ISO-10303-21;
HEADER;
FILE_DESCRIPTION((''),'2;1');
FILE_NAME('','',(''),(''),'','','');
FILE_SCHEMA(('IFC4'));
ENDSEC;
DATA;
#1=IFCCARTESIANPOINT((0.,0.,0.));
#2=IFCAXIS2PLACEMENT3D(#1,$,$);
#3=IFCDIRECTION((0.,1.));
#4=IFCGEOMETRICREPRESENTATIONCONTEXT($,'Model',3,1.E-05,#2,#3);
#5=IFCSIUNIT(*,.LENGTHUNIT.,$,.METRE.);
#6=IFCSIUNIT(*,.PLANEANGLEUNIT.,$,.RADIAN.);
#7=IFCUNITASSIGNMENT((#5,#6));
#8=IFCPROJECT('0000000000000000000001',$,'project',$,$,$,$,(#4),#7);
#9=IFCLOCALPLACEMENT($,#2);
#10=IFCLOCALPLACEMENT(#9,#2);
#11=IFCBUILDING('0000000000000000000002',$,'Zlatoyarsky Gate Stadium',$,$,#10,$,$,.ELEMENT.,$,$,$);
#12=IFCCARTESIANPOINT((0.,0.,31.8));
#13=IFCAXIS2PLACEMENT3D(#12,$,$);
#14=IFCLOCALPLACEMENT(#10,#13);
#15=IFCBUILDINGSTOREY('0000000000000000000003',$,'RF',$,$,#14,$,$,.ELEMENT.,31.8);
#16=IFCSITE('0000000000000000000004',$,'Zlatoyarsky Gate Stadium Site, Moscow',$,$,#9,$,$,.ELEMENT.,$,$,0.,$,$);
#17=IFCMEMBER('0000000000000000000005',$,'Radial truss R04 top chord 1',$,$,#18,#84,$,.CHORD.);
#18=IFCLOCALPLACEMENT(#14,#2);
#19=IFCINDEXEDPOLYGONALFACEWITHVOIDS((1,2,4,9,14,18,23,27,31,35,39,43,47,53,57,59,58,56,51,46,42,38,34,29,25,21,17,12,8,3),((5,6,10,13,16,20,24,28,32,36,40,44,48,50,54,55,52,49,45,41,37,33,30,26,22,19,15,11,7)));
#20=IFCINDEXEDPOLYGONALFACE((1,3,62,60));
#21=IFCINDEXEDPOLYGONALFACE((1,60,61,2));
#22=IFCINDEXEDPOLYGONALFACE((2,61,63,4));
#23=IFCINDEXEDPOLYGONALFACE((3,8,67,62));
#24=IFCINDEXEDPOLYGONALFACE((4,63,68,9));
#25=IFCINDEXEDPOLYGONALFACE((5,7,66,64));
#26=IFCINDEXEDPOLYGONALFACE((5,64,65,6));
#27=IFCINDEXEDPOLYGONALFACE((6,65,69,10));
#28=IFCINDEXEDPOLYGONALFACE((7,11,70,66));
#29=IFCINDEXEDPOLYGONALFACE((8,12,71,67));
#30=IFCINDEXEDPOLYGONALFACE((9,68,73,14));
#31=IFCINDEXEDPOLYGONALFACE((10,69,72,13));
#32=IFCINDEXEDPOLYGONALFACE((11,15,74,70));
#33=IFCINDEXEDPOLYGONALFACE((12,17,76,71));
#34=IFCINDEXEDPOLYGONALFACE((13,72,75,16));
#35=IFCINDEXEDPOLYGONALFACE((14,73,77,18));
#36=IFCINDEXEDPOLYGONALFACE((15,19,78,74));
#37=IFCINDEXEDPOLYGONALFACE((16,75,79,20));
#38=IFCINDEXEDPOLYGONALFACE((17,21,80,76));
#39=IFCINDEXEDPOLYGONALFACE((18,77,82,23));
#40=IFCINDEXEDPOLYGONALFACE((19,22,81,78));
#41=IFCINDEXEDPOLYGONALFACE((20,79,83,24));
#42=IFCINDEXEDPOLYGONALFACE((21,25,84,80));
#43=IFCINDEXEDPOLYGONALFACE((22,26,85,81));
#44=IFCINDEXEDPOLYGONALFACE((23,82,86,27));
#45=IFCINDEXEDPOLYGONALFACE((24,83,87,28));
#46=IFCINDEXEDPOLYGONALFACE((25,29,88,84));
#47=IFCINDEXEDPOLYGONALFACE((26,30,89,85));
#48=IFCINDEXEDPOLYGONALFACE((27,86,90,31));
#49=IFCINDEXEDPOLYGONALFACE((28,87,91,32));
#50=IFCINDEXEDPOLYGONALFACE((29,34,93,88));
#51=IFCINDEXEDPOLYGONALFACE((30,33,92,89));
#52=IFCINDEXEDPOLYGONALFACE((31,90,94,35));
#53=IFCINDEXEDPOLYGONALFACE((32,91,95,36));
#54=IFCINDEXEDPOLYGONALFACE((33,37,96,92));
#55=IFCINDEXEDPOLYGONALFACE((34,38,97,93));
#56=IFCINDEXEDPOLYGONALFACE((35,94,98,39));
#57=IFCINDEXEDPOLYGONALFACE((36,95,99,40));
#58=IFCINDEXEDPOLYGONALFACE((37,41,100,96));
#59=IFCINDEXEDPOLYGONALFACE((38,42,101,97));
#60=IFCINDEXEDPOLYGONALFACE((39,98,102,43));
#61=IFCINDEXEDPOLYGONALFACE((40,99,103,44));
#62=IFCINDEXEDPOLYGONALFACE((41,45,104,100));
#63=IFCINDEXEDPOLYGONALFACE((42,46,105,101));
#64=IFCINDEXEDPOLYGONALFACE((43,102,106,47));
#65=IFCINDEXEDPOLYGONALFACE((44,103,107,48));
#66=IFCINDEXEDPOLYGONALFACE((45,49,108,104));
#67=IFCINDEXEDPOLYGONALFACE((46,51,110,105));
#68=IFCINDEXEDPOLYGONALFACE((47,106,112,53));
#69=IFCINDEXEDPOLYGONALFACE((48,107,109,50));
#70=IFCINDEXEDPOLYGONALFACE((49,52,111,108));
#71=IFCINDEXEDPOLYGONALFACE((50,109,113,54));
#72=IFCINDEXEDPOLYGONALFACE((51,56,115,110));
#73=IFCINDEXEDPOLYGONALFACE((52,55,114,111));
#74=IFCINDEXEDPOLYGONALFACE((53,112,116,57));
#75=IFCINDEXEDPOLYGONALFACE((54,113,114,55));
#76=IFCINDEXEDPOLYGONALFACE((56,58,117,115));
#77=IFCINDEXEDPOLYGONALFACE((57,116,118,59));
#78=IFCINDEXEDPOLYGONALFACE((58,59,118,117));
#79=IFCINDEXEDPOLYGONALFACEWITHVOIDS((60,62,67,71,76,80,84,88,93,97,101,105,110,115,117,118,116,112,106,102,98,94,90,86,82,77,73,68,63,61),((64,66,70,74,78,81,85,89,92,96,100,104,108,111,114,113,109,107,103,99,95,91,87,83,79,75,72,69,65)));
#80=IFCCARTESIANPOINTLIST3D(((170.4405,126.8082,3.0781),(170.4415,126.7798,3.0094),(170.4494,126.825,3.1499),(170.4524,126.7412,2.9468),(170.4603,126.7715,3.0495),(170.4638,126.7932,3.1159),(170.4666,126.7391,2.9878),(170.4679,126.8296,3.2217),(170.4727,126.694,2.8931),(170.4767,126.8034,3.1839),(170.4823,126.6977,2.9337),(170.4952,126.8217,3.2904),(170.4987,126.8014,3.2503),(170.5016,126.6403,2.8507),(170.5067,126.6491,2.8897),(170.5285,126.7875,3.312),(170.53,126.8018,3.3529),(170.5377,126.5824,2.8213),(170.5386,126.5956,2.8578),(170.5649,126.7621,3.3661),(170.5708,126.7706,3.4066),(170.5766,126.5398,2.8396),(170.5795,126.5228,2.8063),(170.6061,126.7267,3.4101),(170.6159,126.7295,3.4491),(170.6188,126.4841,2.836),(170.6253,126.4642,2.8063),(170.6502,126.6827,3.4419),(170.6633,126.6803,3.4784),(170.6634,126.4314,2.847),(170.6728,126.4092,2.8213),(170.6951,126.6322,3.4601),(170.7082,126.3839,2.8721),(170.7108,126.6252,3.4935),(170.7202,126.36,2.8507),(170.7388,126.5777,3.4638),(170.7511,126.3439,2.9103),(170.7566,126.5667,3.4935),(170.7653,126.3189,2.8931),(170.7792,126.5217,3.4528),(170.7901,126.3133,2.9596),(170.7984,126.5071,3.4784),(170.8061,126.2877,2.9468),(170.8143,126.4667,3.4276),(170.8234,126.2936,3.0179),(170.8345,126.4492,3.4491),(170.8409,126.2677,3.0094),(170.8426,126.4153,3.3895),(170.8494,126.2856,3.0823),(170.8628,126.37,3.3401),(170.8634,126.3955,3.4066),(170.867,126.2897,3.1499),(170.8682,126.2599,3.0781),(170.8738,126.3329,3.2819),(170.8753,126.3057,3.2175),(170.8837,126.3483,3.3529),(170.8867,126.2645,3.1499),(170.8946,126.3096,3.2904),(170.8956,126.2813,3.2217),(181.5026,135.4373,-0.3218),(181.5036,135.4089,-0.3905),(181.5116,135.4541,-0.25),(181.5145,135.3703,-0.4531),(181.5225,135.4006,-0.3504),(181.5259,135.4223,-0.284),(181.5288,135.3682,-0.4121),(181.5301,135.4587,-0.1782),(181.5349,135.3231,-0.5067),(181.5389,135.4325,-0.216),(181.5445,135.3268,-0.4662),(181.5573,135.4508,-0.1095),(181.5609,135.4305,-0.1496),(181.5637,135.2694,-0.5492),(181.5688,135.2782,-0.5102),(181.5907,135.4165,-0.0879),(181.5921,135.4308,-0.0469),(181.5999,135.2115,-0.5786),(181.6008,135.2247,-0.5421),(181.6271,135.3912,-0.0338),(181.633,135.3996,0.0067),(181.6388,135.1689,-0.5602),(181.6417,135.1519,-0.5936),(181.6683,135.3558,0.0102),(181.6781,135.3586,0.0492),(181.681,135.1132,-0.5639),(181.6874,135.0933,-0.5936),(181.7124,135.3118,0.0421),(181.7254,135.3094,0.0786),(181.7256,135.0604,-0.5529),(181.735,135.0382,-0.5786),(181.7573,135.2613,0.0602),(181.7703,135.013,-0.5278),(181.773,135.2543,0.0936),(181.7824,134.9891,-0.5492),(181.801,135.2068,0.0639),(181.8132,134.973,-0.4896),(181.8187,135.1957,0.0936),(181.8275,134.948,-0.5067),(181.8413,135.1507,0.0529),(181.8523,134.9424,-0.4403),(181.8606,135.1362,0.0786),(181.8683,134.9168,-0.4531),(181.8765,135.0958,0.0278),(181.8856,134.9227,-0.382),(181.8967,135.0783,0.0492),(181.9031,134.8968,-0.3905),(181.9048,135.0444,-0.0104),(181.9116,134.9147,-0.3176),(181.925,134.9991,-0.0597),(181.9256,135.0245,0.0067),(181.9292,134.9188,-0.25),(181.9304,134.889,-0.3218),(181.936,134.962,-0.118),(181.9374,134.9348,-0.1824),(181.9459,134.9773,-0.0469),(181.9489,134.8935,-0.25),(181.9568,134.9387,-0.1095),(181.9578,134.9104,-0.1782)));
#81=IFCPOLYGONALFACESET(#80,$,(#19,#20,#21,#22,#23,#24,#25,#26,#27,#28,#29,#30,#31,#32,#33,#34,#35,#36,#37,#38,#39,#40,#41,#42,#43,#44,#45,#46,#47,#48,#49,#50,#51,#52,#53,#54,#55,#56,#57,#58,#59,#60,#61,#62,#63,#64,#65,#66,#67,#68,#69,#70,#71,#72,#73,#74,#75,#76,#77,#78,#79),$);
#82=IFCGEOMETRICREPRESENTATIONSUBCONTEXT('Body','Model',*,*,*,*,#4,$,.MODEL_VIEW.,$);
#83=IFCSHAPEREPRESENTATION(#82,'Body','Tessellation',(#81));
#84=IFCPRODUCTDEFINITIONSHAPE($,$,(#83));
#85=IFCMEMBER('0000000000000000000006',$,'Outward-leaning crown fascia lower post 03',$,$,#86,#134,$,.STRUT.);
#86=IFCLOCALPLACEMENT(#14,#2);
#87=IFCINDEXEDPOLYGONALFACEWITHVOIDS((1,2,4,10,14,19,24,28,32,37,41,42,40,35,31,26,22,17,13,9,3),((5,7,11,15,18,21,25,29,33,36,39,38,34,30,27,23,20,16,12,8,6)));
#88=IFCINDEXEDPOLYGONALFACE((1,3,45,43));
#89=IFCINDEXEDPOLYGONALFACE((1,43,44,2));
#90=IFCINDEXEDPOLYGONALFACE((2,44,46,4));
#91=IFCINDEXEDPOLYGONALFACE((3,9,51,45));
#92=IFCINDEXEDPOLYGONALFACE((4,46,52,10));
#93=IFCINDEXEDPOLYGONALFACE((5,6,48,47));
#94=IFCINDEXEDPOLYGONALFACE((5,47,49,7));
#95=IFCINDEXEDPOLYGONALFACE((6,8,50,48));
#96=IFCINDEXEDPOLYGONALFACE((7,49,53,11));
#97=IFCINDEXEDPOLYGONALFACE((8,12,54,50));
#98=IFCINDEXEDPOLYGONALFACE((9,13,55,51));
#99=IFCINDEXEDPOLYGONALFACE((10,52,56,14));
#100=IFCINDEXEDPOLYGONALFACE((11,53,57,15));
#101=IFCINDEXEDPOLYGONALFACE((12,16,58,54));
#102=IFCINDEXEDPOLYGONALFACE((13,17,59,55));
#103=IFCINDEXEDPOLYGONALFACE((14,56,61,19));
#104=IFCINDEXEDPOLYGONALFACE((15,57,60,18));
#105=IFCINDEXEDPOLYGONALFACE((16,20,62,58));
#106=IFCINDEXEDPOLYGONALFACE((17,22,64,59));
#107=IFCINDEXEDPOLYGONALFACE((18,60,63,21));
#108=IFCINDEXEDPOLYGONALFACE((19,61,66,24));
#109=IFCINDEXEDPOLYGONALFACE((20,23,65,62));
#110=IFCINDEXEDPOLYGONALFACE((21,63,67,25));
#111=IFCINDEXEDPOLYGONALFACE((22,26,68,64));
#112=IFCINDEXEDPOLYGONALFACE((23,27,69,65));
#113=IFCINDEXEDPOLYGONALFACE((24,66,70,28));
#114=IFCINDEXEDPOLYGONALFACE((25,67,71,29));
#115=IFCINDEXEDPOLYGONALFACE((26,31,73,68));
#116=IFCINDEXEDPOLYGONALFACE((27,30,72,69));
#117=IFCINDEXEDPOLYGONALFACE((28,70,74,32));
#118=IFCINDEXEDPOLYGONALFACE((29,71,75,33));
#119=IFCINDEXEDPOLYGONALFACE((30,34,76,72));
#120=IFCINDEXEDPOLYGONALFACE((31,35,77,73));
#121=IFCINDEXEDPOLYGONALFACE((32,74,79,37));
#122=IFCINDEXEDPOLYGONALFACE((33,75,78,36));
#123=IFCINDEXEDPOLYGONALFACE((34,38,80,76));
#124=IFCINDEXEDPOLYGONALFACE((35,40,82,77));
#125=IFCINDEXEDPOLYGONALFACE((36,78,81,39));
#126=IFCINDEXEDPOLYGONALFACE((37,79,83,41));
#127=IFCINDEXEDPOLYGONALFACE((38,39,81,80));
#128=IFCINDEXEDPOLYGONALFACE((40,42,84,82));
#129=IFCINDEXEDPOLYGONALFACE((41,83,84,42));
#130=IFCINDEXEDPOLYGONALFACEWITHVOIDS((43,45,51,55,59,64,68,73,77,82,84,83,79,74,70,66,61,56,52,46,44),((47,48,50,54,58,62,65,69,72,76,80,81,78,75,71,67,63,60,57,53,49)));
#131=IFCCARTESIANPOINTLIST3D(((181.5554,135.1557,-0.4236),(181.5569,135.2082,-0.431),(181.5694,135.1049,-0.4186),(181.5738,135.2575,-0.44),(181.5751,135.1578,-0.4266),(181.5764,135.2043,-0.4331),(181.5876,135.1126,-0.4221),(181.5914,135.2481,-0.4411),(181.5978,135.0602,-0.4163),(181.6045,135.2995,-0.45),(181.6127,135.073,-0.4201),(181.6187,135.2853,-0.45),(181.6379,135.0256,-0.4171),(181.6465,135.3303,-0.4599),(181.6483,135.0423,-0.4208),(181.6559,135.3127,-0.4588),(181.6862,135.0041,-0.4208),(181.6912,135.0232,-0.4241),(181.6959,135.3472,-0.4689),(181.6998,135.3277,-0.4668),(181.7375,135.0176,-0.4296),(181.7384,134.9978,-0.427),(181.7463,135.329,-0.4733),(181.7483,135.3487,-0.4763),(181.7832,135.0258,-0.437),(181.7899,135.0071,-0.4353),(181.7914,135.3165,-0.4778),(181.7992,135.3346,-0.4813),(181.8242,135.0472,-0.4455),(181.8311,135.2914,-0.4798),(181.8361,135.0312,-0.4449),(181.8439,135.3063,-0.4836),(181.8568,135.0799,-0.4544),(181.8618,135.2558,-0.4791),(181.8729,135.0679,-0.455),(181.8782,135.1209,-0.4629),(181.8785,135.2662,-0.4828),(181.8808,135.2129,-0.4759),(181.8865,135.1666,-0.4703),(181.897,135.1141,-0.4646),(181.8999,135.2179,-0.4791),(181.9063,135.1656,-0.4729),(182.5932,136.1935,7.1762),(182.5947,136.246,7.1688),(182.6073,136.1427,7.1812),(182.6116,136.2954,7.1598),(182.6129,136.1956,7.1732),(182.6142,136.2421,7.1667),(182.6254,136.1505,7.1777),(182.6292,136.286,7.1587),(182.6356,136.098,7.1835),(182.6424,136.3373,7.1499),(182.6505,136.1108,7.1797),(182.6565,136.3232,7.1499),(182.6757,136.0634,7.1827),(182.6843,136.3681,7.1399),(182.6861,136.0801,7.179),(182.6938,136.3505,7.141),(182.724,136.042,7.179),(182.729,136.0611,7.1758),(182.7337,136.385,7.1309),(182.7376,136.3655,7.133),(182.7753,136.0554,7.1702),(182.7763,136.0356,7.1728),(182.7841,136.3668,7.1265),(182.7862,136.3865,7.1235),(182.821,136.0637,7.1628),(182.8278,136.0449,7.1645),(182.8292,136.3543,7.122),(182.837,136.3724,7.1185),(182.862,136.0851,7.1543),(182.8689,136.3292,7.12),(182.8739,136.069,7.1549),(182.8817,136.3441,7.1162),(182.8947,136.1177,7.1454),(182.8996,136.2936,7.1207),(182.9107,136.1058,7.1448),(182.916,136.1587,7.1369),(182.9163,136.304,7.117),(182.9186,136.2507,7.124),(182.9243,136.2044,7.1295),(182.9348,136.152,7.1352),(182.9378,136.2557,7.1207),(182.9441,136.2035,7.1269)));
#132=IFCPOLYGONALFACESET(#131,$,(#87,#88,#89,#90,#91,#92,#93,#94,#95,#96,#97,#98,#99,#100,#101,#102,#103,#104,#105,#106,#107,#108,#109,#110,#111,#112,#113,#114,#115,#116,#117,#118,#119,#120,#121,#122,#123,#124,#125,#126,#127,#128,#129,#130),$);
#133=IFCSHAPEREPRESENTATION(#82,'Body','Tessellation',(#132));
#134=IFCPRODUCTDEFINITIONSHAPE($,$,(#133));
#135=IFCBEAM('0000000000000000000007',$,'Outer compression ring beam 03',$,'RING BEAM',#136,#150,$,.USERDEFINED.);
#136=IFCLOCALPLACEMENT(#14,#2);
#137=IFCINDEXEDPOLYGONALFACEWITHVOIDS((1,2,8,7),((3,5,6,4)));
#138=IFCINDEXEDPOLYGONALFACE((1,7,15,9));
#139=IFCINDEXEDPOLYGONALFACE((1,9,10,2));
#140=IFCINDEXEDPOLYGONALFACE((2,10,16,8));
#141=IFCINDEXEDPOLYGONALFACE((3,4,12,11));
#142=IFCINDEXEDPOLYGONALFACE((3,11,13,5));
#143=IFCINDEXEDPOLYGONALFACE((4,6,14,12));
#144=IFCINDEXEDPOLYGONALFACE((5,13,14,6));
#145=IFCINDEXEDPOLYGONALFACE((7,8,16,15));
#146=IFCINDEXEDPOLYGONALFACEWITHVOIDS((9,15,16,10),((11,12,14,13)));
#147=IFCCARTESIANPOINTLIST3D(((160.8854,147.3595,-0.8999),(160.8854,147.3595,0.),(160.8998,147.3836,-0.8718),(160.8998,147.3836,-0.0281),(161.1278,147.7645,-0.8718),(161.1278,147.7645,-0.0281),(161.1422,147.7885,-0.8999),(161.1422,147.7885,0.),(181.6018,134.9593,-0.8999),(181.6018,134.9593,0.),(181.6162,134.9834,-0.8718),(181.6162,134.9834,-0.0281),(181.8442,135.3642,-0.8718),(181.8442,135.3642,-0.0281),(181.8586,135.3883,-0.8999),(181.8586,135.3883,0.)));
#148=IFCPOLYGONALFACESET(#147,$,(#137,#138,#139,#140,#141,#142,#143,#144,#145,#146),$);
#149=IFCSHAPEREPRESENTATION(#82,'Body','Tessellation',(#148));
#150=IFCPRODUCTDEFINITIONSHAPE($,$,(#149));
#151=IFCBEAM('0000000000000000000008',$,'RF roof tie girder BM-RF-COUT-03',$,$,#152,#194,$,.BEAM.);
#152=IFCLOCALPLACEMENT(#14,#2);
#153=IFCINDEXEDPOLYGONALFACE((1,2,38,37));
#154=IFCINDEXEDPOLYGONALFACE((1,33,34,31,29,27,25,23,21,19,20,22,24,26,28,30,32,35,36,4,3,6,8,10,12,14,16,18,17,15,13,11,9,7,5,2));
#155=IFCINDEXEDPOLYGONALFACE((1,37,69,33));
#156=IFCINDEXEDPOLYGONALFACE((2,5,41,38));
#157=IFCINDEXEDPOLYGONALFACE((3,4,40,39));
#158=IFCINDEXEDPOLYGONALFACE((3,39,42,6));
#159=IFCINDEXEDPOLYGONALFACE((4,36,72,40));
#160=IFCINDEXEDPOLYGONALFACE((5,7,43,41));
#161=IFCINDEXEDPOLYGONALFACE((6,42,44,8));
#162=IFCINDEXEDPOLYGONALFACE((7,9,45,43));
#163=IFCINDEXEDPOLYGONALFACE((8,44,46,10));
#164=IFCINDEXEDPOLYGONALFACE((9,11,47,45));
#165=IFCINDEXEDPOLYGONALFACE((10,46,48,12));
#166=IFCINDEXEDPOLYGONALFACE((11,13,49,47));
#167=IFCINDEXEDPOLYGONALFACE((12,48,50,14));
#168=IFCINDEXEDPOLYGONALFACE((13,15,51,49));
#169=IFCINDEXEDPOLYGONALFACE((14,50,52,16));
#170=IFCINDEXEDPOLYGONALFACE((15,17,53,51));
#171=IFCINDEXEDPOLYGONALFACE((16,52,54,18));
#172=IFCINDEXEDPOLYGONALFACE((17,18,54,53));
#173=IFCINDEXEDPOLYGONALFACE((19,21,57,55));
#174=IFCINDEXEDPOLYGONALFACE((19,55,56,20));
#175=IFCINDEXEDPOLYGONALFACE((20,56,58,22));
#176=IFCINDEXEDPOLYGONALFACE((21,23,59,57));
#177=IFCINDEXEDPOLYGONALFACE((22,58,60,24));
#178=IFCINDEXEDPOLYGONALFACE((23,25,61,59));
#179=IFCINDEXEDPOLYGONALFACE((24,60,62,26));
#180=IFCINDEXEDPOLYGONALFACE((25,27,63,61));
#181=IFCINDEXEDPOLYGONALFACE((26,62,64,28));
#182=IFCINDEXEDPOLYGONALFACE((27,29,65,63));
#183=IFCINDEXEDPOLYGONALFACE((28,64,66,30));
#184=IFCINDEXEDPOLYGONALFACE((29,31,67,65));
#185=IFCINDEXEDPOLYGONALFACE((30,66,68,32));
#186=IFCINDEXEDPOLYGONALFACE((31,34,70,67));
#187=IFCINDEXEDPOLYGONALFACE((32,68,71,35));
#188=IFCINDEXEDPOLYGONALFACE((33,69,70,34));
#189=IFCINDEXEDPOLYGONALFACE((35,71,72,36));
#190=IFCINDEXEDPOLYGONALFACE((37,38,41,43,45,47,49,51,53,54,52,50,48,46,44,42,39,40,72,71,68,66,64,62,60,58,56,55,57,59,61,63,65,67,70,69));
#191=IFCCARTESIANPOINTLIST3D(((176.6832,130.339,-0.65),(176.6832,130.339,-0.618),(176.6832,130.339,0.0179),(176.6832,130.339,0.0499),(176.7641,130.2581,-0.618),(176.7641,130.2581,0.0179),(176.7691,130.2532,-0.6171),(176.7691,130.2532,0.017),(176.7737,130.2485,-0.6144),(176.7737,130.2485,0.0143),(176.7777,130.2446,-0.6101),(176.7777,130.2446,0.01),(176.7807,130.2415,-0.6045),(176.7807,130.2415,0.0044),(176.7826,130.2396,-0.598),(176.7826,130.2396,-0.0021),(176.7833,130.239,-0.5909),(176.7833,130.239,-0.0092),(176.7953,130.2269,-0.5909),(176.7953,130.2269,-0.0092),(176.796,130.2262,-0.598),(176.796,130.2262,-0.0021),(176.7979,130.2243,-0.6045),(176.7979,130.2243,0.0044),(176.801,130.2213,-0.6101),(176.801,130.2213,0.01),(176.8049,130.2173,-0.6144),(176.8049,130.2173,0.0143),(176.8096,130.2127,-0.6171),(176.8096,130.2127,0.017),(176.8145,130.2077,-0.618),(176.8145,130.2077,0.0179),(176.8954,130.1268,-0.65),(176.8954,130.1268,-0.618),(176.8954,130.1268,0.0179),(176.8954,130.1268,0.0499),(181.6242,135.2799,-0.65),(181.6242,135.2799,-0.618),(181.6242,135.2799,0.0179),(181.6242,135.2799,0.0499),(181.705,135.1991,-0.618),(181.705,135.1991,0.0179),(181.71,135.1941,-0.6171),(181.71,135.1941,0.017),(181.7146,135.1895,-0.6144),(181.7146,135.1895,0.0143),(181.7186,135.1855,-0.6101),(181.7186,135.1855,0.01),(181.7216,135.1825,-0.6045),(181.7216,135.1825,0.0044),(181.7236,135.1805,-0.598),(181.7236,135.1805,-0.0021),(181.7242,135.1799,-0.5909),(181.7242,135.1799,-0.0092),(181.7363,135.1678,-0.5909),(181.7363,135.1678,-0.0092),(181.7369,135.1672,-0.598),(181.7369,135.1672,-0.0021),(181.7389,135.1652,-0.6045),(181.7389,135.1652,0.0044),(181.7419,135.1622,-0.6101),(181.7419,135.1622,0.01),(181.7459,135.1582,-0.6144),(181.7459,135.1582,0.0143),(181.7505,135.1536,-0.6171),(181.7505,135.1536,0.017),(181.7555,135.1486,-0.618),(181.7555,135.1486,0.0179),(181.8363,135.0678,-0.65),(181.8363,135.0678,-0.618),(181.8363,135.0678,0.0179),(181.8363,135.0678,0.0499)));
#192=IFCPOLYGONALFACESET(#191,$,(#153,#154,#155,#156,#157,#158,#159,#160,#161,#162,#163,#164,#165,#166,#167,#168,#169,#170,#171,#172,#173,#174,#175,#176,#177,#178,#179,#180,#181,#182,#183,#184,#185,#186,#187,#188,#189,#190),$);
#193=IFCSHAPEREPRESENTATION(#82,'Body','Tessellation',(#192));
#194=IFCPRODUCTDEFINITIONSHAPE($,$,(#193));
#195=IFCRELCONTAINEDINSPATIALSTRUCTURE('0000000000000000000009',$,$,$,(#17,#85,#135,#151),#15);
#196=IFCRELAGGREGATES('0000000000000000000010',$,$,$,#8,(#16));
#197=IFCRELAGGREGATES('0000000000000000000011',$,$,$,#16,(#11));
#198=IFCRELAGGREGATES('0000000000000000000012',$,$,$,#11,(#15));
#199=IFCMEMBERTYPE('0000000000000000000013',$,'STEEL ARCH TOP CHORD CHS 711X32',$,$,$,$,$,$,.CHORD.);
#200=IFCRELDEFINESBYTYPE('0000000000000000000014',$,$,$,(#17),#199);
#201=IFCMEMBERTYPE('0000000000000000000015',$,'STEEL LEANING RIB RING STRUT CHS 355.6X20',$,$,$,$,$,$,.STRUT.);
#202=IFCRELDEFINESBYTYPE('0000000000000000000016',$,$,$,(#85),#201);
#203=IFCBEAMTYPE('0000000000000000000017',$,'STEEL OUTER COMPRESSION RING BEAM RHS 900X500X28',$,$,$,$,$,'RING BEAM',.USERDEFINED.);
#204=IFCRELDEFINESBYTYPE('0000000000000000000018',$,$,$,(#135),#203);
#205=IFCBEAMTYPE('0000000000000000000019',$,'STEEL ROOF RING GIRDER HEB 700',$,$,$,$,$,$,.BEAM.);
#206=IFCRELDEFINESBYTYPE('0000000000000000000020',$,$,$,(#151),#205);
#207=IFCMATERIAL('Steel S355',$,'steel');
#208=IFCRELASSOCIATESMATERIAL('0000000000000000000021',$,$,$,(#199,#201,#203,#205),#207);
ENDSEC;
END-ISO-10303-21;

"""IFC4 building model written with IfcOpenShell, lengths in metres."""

from ifc_helpers import new_model, si_unit, direction, frame, origin, origin_2d, place, context, subcontext, project, spatial, hollow_rectangle, hollow_circle, i_section, extrude, material, material_profile, profile_set, type_object, element, save


model = new_model("IFC4")

# Units and contexts
model_context = context("Model", 3, precision=1e-05, world=origin(), true_north=direction((0.0, 1.0)))
body_context = subcontext(model_context, "Body", "Model", "MODEL_VIEW")
ifc_project = project(units=[si_unit("LENGTHUNIT", "METRE"), si_unit("PLANEANGLEUNIT", "RADIAN")], contexts=[model_context])

# Site, building, storey
site_placement = place(None, origin())
site = spatial("IfcSite", under=ifc_project, at=site_placement, Name="Zlatoyarsky Gate Stadium Site, Moscow", CompositionType="ELEMENT", RefElevation=0.0)
building_placement = place(site_placement, origin())
building = spatial("IfcBuilding", under=site, at=building_placement, Name="Zlatoyarsky Gate Stadium", CompositionType="ELEMENT")
storey_placement = place(building_placement, frame((0.0, 0.0, 31.8)))
storey = spatial("IfcBuildingStorey", under=building, at=storey_placement, Name="RF", CompositionType="ELEMENT", Elevation=31.8)

# Members
ifc_material_1 = material(Name="Steel S355", Category="steel")
ifc_material_profile_1 = material_profile(ifc_material_1, hollow_circle(Radius=0.3555, WallThickness=0.032, at=origin_2d()), Name="CHS 711X32")
ifc_profile_set_1 = profile_set([ifc_material_profile_1], Name="Steel S355")
member_type_1 = type_object("IfcMemberType", Name="STEEL ARCH TOP CHORD CHS 711X32", PredefinedType="CHORD", material=ifc_profile_set_1)
member_1_placement = place(storey_placement, frame((181.7302, 135.1738, -0.25), z_axis=(-0.766302, -0.597757, 0.235517), x_axis=(0.615058, -0.788482, 0.0)))
element("IfcMember", 1, at=member_1_placement, inside=storey, type_object=member_type_1, Name="Radial truss R04 top chord 1", PredefinedType="CHORD", context=body_context, shape_type="SweptSolid", body=[
    extrude(hollow_circle(Radius=0.3555, WallThickness=0.032, at=origin_2d()), origin(), (0.0, 0.0, 1.0), 14.4358),
])
ifc_material_profile_2 = material_profile(ifc_material_1, hollow_circle(Radius=0.1777, WallThickness=0.02, at=origin_2d()), Name="CHS 355.6X20")
ifc_profile_set_2 = profile_set([ifc_material_profile_2], Name="Steel S355")
member_type_2 = type_object("IfcMemberType", Name="STEEL LEANING RIB RING STRUT CHS 355.6X20", PredefinedType="STRUT", material=ifc_profile_set_2)
member_2_placement = place(storey_placement, frame((181.7302, 135.1738, -0.45), z_axis=(0.134083, 0.134083, 0.981857), x_axis=(-0.707107, 0.707107, 0.0)))
element("IfcMember", 2, at=member_2_placement, inside=storey, type_object=member_type_2, Name="Outward-leaning crown fascia lower post 03", PredefinedType="STRUT", context=body_context, shape_type="SweptSolid", body=[
    extrude(hollow_circle(Radius=0.1777, WallThickness=0.02, at=origin_2d()), origin(), (0.0, 0.0, 1.0), 7.7402),
])

# Beams
ifc_material_profile_3 = material_profile(ifc_material_1, hollow_rectangle(XDim=0.5, YDim=0.8999, WallThickness=0.0281, at=origin_2d()), Name="RHS 900X500X28")
ifc_profile_set_3 = profile_set([ifc_material_profile_3], Name="Steel S355")
beam_type_1 = type_object("IfcBeamType", Name="STEEL OUTER COMPRESSION RING BEAM RHS 900X500X28", ElementType="RING BEAM", PredefinedType="USERDEFINED", material=ifc_profile_set_3)
beam_1_placement = place(storey_placement, frame((181.7302, 135.1738, -0.45), z_axis=(-0.858034, 0.513593, 0.0), x_axis=(-0.513593, -0.858034, 0.0)))
element("IfcBeam", 3, at=beam_1_placement, inside=storey, type_object=beam_type_1, Name="Outer compression ring beam 03", ObjectType="RING BEAM", PredefinedType="USERDEFINED", context=body_context, shape_type="SweptSolid", body=[
    extrude(hollow_rectangle(XDim=0.5, YDim=0.8999, WallThickness=0.0281, at=origin_2d()), origin(), (0.0, 0.0, 1.0), 24.144),
])
ifc_material_profile_4 = material_profile(ifc_material_1, i_section(OverallWidth=0.3, OverallDepth=0.7, WebThickness=0.0171, FlangeThickness=0.032, FilletRadius=0.0271, at=origin_2d()), Name="HEB 700")
ifc_profile_set_4 = profile_set([ifc_material_profile_4], Name="Steel S355")
beam_type_2 = type_object("IfcBeamType", Name="STEEL ROOF RING GIRDER HEB 700", PredefinedType="BEAM", material=ifc_profile_set_4)
beam_2_placement = place(storey_placement, frame((176.7893, 130.2329, -0.3), z_axis=(0.707107, 0.707107, 0.0), x_axis=(-0.707107, 0.707107, 0.0)))
element("IfcBeam", 4, at=beam_2_placement, inside=storey, type_object=beam_type_2, Name="RF roof tie girder BM-RF-COUT-03", PredefinedType="BEAM", context=body_context, shape_type="SweptSolid", body=[
    extrude(i_section(OverallWidth=0.3, OverallDepth=0.7, WebThickness=0.0171, FlangeThickness=0.032, FilletRadius=0.0271, at=origin_2d()), origin(), (0.0, 0.0, 1.0), 6.9875),
])

save(model, "model.ifc")
